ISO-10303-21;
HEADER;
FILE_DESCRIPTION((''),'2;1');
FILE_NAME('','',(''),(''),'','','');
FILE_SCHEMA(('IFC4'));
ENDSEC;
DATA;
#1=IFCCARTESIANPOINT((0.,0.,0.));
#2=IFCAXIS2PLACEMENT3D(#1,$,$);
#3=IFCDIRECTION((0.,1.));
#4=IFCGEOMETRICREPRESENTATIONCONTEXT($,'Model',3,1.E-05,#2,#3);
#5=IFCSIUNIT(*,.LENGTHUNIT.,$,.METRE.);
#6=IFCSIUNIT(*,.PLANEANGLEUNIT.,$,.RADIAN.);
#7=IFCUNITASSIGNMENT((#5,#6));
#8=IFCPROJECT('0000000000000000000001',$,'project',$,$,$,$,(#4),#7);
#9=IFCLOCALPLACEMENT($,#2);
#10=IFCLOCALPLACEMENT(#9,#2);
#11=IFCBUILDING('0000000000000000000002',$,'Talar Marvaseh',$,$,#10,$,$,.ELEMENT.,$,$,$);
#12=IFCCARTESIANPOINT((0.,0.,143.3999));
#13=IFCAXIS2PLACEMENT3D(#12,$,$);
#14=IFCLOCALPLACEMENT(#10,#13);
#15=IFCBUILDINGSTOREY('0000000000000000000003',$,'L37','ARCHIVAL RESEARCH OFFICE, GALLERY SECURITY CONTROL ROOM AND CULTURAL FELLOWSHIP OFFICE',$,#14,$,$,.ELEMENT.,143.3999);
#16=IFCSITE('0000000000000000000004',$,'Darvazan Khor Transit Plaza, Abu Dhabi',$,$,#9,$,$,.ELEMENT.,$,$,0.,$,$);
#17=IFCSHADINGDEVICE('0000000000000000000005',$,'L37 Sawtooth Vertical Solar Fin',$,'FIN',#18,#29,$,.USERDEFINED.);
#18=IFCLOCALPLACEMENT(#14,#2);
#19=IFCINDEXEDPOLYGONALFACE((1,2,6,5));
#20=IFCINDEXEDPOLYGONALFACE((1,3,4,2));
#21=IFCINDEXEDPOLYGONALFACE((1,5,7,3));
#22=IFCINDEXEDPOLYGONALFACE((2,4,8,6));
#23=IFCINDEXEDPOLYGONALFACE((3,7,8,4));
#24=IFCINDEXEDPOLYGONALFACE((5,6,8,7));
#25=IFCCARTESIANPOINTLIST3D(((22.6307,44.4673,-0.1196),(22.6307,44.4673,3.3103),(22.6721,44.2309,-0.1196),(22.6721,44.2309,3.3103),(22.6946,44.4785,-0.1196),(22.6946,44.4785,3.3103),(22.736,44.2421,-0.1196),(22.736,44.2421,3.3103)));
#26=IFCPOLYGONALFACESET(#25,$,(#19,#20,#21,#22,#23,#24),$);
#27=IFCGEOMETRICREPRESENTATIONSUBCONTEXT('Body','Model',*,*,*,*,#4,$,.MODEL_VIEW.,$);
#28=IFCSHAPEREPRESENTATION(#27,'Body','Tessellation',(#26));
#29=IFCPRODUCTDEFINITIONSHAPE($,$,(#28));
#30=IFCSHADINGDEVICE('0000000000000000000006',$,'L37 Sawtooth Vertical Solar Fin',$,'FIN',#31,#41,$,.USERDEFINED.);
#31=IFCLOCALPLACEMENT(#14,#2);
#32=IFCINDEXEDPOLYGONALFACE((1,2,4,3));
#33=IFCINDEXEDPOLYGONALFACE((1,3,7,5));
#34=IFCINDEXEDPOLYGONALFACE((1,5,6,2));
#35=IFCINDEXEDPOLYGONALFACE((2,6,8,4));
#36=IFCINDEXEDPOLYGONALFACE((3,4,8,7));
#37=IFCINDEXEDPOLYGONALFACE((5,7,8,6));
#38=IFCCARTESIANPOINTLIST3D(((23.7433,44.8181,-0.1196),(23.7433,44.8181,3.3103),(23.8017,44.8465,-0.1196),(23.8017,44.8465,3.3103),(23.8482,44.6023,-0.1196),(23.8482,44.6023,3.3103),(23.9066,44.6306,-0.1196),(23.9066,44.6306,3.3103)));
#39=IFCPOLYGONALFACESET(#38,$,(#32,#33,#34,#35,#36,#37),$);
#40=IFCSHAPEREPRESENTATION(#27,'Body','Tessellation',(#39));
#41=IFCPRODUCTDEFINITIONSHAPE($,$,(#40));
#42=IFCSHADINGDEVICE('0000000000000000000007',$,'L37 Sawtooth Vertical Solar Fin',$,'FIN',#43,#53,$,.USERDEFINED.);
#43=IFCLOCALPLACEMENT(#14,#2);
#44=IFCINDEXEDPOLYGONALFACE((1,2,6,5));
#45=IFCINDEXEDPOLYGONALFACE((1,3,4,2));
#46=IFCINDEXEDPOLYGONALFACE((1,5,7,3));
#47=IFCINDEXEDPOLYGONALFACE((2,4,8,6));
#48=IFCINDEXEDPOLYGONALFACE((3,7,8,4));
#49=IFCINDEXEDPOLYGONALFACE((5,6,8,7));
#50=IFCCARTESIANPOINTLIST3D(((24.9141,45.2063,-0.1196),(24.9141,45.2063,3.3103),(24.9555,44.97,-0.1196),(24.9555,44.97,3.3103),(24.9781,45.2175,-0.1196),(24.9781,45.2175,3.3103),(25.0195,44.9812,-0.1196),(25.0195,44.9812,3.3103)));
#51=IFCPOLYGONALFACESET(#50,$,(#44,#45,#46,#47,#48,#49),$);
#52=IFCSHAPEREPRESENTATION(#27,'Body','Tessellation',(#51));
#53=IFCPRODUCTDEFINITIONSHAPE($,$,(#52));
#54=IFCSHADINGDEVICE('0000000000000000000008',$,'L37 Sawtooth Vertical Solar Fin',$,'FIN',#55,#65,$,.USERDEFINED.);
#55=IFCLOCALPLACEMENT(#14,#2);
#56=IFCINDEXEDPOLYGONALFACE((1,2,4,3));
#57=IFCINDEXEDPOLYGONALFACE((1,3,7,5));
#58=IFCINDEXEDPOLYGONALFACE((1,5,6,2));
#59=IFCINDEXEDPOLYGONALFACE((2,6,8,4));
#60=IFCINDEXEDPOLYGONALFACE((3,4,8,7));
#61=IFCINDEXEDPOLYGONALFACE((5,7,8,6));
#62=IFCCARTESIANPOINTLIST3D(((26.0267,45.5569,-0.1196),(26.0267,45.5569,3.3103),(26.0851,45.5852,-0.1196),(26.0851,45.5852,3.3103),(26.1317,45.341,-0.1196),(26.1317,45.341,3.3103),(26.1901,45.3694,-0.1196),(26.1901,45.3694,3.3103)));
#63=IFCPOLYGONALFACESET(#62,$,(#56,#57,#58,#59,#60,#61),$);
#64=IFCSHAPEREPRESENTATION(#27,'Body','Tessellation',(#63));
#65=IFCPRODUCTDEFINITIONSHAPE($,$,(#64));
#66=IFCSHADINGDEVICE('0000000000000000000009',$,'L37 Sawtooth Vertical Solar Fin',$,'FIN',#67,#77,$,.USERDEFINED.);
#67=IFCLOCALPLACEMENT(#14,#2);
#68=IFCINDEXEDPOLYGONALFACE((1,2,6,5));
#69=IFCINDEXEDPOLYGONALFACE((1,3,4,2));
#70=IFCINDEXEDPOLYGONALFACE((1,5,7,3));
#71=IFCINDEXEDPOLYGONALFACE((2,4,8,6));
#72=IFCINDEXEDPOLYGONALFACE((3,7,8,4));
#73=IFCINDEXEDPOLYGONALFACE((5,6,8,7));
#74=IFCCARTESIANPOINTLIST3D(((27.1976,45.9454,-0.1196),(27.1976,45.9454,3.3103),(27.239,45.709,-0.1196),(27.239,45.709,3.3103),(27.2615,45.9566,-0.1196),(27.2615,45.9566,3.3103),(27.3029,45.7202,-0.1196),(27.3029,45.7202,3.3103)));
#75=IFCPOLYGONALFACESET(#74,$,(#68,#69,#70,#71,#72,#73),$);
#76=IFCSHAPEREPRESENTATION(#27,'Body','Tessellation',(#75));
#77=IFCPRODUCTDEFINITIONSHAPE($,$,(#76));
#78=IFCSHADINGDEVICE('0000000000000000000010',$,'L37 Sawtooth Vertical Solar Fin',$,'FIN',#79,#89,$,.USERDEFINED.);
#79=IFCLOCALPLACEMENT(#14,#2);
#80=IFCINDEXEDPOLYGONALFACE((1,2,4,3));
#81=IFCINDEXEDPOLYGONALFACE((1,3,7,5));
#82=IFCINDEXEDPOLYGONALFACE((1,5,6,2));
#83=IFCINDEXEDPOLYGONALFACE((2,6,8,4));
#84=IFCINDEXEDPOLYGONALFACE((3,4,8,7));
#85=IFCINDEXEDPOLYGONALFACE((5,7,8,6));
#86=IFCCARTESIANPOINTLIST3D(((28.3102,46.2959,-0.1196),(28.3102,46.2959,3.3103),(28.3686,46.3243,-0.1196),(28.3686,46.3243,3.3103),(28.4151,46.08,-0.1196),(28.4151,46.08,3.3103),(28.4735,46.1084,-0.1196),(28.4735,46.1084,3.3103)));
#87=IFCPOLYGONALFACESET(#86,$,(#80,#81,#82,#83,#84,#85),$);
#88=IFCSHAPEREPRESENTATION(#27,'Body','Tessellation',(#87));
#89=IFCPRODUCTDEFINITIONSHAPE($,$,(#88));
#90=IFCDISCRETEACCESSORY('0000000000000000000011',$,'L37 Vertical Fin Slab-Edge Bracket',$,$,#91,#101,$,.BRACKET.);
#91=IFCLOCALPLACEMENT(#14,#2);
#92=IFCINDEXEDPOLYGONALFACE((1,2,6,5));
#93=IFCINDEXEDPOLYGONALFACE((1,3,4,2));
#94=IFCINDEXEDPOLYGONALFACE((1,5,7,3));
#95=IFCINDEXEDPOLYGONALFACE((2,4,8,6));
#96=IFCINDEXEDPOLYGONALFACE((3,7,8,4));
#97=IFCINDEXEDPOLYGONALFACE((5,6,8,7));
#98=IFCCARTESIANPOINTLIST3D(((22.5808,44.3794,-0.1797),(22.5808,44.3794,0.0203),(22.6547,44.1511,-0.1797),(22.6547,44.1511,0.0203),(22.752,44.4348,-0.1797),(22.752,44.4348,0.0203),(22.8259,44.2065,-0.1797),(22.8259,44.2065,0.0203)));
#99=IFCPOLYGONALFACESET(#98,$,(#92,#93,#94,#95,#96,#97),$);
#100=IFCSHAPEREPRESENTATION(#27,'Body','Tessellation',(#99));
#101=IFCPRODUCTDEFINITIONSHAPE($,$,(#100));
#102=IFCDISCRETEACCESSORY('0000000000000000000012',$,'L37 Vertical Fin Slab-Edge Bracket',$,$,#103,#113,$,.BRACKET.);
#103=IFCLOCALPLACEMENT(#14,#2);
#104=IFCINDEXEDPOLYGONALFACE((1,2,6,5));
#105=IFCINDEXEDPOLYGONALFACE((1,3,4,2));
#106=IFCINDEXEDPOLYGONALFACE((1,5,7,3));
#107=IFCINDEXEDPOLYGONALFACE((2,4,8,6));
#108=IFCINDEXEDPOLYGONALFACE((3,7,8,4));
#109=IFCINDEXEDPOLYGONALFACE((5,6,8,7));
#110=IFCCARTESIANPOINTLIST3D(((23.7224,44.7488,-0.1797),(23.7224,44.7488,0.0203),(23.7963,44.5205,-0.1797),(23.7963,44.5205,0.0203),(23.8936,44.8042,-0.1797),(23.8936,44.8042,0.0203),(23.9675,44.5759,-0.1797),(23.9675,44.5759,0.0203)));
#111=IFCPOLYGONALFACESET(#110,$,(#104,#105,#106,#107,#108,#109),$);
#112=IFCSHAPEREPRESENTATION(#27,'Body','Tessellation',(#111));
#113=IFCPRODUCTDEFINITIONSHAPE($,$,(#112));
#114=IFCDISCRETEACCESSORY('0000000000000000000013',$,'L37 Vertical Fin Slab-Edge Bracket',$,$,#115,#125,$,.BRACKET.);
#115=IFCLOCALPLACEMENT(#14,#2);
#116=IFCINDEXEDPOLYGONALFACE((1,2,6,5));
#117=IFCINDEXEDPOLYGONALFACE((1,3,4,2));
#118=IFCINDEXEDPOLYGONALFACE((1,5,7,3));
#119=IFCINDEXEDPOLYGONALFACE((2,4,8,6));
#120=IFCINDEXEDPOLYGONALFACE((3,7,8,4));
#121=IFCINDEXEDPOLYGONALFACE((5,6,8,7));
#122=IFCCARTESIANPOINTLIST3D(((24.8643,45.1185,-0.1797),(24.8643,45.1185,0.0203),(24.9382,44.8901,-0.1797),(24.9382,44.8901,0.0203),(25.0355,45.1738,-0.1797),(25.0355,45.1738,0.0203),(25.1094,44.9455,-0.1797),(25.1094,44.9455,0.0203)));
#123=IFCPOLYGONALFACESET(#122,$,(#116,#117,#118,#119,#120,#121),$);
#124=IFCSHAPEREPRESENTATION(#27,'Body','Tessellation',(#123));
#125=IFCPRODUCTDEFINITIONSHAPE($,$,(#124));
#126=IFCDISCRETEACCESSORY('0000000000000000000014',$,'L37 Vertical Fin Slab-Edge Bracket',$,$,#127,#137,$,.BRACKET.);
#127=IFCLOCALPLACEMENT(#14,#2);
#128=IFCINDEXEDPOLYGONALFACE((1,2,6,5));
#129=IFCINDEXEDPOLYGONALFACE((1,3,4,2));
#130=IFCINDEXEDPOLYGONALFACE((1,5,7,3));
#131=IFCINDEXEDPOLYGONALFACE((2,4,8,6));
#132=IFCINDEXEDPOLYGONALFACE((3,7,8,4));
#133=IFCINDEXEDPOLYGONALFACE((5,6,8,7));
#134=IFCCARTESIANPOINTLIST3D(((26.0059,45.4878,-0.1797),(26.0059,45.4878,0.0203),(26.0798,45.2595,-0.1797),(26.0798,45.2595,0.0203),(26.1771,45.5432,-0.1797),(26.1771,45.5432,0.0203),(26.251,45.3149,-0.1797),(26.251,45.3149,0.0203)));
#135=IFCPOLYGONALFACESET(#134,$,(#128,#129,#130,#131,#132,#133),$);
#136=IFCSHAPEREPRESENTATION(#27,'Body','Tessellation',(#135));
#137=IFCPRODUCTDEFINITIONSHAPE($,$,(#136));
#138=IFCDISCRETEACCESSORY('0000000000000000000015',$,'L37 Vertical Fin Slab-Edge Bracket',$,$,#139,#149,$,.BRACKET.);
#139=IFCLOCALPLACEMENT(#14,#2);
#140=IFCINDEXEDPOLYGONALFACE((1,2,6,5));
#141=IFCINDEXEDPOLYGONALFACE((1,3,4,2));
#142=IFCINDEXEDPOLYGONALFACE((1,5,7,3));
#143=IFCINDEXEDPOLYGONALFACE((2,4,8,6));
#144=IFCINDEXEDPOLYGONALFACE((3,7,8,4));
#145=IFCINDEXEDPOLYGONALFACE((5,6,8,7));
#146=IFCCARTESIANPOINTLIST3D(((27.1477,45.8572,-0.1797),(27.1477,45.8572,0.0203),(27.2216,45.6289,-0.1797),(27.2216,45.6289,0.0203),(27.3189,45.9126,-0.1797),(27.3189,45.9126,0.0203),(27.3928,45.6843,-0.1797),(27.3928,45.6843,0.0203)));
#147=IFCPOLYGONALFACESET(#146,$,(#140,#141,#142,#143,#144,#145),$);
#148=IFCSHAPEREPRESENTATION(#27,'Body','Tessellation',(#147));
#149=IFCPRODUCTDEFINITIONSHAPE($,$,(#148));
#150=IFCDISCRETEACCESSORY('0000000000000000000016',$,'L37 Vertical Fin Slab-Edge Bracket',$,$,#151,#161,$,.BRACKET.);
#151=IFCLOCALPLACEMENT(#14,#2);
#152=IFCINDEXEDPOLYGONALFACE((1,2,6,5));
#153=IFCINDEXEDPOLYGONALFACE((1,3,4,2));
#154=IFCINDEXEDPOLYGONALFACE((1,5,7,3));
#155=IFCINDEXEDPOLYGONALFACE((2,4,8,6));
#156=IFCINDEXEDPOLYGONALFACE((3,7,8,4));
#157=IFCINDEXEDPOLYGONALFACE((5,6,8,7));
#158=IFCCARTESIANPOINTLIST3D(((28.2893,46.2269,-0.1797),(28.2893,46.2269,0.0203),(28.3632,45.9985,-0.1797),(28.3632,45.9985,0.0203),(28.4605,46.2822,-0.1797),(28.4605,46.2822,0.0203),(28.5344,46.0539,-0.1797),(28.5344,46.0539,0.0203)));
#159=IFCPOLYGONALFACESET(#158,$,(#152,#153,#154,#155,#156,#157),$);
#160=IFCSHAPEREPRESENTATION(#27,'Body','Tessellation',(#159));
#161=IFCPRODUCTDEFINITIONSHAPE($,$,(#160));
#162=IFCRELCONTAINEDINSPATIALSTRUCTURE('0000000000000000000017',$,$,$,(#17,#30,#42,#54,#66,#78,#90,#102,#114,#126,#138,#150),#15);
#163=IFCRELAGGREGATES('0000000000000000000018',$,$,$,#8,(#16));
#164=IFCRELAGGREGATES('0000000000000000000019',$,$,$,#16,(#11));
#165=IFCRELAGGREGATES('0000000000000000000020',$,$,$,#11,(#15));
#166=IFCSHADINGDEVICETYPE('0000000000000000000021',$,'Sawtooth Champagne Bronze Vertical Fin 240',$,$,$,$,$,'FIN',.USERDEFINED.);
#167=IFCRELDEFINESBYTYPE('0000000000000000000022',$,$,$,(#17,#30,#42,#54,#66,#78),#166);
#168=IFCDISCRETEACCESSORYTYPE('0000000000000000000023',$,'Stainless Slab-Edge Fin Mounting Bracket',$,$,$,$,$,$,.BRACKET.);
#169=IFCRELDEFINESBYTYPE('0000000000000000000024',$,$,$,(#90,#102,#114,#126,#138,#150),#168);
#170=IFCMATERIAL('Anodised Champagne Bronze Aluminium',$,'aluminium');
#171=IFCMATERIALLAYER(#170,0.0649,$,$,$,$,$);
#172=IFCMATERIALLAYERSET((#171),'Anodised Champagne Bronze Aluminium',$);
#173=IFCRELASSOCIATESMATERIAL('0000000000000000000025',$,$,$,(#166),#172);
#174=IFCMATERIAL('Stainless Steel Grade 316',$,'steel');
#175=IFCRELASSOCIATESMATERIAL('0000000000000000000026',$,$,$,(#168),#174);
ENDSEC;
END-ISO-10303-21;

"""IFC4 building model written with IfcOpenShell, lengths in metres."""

from ifc_helpers import new_model, si_unit, direction, frame, origin, origin_2d, place, context, subcontext, project, spatial, rectangle, extrude, source, transform, mapped, material, layer, layer_set, type_object, type_shapes, element, save


model = new_model("IFC4")

# Units and contexts
model_context = context("Model", 3, precision=1e-05, world=origin(), true_north=direction((0.0, 1.0)))
body_context = subcontext(model_context, "Body", "Model", "MODEL_VIEW")
ifc_project = project(units=[si_unit("LENGTHUNIT", "METRE"), si_unit("PLANEANGLEUNIT", "RADIAN")], contexts=[model_context])

# Site, building, storey
site_placement = place(None, origin())
site = spatial("IfcSite", under=ifc_project, at=site_placement, Name="Darvazan Khor Transit Plaza, Abu Dhabi", CompositionType="ELEMENT", RefElevation=0.0)
building_placement = place(site_placement, origin())
building = spatial("IfcBuilding", under=site, at=building_placement, Name="Talar Marvaseh", CompositionType="ELEMENT")
storey_placement = place(building_placement, frame((0.0, 0.0, 143.3999)))
storey = spatial("IfcBuildingStorey", under=building, at=storey_placement, Name="L37", Description="ARCHIVAL RESEARCH OFFICE, GALLERY SECURITY CONTROL ROOM AND CULTURAL FELLOWSHIP OFFICE", CompositionType="ELEMENT", Elevation=143.3999)

# Shading devices
ifc_material_1 = material(Name="Anodised Champagne Bronze Aluminium", Category="aluminium")
ifc_layer_1 = layer(ifc_material_1, 0.0649)
ifc_layer_set_1 = layer_set([ifc_layer_1], Name="Anodised Champagne Bronze Aluminium")
shading_device_type = type_object("IfcShadingDeviceType", Name="Sawtooth Champagne Bronze Vertical Fin 240", ElementType="FIN", PredefinedType="USERDEFINED", material=ifc_layer_set_1)
shared_shape_1 = source(origin(), body_context, "Body", "SweptSolid", [
    extrude(rectangle(XDim=0.24, YDim=0.0649, at=origin_2d()), origin(), (0.0, 0.0, 1.0), 3.4299),
])
type_shapes(shading_device_type, [shared_shape_1])
for number, where, z_axis, x_axis, name in (
    (1, (22.6833, 44.3547, -0.1196), (0.0, 0.0, 1.0), (-0.172445, 0.985019, 0.0), "L37 Sawtooth Vertical Solar Fin"),
    (2, (23.825, 44.7244, -0.1196), (0.0, 0.0, 1.0), (-0.437273, 0.899329, 0.0), "L37 Sawtooth Vertical Solar Fin"),
    (3, (24.9668, 45.0938, -0.1196), (0.0, 0.0, 1.0), (-0.172445, 0.985019, 0.0), "L37 Sawtooth Vertical Solar Fin"),
    (4, (26.1084, 45.4631, -0.1196), (0.0, 0.0, 1.0), (-0.437273, 0.899329, 0.0), "L37 Sawtooth Vertical Solar Fin"),
    (5, (27.2502, 45.8328, -0.1196), (0.0, 0.0, 1.0), (-0.172445, 0.985019, 0.0), "L37 Sawtooth Vertical Solar Fin"),
    (6, (28.3918, 46.2021, -0.1196), (0.0, 0.0, 1.0), (-0.437273, 0.899329, 0.0), "L37 Sawtooth Vertical Solar Fin"),
):
    element("IfcShadingDevice", number, at=place(storey_placement, frame(where, z_axis=z_axis, x_axis=x_axis)), inside=storey, type_object=shading_device_type, Name=name, ObjectType="FIN", PredefinedType="USERDEFINED", context=body_context, shape_type="MappedRepresentation", body=[
        mapped(shared_shape_1, transform((0.0, 0.0, 0.0), x_axis=(1.0, 0.0, 0.0), y_axis=(0.0, 1.0, 0.0), z_axis=(0.0, 0.0, 1.0), scale=1.0)),
    ])

# Discrete accessories
ifc_material_2 = material(Name="Stainless Steel Grade 316", Category="steel")
discrete_accessory_type = type_object("IfcDiscreteAccessoryType", Name="Stainless Slab-Edge Fin Mounting Bracket", PredefinedType="BRACKET", material=ifc_material_2)
shared_shape_2 = source(origin(), body_context, "Body", "SweptSolid", [
    extrude(rectangle(XDim=0.24, YDim=0.1799, at=origin_2d()), origin(), (0.0, 0.0, 1.0), 0.2),
])
type_shapes(discrete_accessory_type, [shared_shape_2])
for number, where, z_axis, x_axis, name in (
    (7, (22.7034, 44.293, -0.1797), (0.0, 0.0, 1.0), (-0.307855, 0.951433, 0.0), "L37 Vertical Fin Slab-Edge Bracket"),
    (8, (23.845, 44.6624, -0.1797), (0.0, 0.0, 1.0), (-0.307855, 0.951433, 0.0), "L37 Vertical Fin Slab-Edge Bracket"),
    (9, (24.9868, 45.032, -0.1797), (0.0, 0.0, 1.0), (-0.307855, 0.951433, 0.0), "L37 Vertical Fin Slab-Edge Bracket"),
    (10, (26.1284, 45.4014, -0.1797), (0.0, 0.0, 1.0), (-0.307855, 0.951433, 0.0), "L37 Vertical Fin Slab-Edge Bracket"),
    (11, (27.2703, 45.7708, -0.1797), (0.0, 0.0, 1.0), (-0.307855, 0.951433, 0.0), "L37 Vertical Fin Slab-Edge Bracket"),
    (12, (28.4119, 46.1404, -0.1797), (0.0, 0.0, 1.0), (-0.307855, 0.951433, 0.0), "L37 Vertical Fin Slab-Edge Bracket"),
):
    element("IfcDiscreteAccessory", number, at=place(storey_placement, frame(where, z_axis=z_axis, x_axis=x_axis)), inside=storey, type_object=discrete_accessory_type, Name=name, PredefinedType="BRACKET", context=body_context, shape_type="MappedRepresentation", body=[
        mapped(shared_shape_2, transform((0.0, 0.0, 0.0), x_axis=(1.0, 0.0, 0.0), y_axis=(0.0, 1.0, 0.0), z_axis=(0.0, 0.0, 1.0), scale=1.0)),
    ])

save(model, "model.ifc")
